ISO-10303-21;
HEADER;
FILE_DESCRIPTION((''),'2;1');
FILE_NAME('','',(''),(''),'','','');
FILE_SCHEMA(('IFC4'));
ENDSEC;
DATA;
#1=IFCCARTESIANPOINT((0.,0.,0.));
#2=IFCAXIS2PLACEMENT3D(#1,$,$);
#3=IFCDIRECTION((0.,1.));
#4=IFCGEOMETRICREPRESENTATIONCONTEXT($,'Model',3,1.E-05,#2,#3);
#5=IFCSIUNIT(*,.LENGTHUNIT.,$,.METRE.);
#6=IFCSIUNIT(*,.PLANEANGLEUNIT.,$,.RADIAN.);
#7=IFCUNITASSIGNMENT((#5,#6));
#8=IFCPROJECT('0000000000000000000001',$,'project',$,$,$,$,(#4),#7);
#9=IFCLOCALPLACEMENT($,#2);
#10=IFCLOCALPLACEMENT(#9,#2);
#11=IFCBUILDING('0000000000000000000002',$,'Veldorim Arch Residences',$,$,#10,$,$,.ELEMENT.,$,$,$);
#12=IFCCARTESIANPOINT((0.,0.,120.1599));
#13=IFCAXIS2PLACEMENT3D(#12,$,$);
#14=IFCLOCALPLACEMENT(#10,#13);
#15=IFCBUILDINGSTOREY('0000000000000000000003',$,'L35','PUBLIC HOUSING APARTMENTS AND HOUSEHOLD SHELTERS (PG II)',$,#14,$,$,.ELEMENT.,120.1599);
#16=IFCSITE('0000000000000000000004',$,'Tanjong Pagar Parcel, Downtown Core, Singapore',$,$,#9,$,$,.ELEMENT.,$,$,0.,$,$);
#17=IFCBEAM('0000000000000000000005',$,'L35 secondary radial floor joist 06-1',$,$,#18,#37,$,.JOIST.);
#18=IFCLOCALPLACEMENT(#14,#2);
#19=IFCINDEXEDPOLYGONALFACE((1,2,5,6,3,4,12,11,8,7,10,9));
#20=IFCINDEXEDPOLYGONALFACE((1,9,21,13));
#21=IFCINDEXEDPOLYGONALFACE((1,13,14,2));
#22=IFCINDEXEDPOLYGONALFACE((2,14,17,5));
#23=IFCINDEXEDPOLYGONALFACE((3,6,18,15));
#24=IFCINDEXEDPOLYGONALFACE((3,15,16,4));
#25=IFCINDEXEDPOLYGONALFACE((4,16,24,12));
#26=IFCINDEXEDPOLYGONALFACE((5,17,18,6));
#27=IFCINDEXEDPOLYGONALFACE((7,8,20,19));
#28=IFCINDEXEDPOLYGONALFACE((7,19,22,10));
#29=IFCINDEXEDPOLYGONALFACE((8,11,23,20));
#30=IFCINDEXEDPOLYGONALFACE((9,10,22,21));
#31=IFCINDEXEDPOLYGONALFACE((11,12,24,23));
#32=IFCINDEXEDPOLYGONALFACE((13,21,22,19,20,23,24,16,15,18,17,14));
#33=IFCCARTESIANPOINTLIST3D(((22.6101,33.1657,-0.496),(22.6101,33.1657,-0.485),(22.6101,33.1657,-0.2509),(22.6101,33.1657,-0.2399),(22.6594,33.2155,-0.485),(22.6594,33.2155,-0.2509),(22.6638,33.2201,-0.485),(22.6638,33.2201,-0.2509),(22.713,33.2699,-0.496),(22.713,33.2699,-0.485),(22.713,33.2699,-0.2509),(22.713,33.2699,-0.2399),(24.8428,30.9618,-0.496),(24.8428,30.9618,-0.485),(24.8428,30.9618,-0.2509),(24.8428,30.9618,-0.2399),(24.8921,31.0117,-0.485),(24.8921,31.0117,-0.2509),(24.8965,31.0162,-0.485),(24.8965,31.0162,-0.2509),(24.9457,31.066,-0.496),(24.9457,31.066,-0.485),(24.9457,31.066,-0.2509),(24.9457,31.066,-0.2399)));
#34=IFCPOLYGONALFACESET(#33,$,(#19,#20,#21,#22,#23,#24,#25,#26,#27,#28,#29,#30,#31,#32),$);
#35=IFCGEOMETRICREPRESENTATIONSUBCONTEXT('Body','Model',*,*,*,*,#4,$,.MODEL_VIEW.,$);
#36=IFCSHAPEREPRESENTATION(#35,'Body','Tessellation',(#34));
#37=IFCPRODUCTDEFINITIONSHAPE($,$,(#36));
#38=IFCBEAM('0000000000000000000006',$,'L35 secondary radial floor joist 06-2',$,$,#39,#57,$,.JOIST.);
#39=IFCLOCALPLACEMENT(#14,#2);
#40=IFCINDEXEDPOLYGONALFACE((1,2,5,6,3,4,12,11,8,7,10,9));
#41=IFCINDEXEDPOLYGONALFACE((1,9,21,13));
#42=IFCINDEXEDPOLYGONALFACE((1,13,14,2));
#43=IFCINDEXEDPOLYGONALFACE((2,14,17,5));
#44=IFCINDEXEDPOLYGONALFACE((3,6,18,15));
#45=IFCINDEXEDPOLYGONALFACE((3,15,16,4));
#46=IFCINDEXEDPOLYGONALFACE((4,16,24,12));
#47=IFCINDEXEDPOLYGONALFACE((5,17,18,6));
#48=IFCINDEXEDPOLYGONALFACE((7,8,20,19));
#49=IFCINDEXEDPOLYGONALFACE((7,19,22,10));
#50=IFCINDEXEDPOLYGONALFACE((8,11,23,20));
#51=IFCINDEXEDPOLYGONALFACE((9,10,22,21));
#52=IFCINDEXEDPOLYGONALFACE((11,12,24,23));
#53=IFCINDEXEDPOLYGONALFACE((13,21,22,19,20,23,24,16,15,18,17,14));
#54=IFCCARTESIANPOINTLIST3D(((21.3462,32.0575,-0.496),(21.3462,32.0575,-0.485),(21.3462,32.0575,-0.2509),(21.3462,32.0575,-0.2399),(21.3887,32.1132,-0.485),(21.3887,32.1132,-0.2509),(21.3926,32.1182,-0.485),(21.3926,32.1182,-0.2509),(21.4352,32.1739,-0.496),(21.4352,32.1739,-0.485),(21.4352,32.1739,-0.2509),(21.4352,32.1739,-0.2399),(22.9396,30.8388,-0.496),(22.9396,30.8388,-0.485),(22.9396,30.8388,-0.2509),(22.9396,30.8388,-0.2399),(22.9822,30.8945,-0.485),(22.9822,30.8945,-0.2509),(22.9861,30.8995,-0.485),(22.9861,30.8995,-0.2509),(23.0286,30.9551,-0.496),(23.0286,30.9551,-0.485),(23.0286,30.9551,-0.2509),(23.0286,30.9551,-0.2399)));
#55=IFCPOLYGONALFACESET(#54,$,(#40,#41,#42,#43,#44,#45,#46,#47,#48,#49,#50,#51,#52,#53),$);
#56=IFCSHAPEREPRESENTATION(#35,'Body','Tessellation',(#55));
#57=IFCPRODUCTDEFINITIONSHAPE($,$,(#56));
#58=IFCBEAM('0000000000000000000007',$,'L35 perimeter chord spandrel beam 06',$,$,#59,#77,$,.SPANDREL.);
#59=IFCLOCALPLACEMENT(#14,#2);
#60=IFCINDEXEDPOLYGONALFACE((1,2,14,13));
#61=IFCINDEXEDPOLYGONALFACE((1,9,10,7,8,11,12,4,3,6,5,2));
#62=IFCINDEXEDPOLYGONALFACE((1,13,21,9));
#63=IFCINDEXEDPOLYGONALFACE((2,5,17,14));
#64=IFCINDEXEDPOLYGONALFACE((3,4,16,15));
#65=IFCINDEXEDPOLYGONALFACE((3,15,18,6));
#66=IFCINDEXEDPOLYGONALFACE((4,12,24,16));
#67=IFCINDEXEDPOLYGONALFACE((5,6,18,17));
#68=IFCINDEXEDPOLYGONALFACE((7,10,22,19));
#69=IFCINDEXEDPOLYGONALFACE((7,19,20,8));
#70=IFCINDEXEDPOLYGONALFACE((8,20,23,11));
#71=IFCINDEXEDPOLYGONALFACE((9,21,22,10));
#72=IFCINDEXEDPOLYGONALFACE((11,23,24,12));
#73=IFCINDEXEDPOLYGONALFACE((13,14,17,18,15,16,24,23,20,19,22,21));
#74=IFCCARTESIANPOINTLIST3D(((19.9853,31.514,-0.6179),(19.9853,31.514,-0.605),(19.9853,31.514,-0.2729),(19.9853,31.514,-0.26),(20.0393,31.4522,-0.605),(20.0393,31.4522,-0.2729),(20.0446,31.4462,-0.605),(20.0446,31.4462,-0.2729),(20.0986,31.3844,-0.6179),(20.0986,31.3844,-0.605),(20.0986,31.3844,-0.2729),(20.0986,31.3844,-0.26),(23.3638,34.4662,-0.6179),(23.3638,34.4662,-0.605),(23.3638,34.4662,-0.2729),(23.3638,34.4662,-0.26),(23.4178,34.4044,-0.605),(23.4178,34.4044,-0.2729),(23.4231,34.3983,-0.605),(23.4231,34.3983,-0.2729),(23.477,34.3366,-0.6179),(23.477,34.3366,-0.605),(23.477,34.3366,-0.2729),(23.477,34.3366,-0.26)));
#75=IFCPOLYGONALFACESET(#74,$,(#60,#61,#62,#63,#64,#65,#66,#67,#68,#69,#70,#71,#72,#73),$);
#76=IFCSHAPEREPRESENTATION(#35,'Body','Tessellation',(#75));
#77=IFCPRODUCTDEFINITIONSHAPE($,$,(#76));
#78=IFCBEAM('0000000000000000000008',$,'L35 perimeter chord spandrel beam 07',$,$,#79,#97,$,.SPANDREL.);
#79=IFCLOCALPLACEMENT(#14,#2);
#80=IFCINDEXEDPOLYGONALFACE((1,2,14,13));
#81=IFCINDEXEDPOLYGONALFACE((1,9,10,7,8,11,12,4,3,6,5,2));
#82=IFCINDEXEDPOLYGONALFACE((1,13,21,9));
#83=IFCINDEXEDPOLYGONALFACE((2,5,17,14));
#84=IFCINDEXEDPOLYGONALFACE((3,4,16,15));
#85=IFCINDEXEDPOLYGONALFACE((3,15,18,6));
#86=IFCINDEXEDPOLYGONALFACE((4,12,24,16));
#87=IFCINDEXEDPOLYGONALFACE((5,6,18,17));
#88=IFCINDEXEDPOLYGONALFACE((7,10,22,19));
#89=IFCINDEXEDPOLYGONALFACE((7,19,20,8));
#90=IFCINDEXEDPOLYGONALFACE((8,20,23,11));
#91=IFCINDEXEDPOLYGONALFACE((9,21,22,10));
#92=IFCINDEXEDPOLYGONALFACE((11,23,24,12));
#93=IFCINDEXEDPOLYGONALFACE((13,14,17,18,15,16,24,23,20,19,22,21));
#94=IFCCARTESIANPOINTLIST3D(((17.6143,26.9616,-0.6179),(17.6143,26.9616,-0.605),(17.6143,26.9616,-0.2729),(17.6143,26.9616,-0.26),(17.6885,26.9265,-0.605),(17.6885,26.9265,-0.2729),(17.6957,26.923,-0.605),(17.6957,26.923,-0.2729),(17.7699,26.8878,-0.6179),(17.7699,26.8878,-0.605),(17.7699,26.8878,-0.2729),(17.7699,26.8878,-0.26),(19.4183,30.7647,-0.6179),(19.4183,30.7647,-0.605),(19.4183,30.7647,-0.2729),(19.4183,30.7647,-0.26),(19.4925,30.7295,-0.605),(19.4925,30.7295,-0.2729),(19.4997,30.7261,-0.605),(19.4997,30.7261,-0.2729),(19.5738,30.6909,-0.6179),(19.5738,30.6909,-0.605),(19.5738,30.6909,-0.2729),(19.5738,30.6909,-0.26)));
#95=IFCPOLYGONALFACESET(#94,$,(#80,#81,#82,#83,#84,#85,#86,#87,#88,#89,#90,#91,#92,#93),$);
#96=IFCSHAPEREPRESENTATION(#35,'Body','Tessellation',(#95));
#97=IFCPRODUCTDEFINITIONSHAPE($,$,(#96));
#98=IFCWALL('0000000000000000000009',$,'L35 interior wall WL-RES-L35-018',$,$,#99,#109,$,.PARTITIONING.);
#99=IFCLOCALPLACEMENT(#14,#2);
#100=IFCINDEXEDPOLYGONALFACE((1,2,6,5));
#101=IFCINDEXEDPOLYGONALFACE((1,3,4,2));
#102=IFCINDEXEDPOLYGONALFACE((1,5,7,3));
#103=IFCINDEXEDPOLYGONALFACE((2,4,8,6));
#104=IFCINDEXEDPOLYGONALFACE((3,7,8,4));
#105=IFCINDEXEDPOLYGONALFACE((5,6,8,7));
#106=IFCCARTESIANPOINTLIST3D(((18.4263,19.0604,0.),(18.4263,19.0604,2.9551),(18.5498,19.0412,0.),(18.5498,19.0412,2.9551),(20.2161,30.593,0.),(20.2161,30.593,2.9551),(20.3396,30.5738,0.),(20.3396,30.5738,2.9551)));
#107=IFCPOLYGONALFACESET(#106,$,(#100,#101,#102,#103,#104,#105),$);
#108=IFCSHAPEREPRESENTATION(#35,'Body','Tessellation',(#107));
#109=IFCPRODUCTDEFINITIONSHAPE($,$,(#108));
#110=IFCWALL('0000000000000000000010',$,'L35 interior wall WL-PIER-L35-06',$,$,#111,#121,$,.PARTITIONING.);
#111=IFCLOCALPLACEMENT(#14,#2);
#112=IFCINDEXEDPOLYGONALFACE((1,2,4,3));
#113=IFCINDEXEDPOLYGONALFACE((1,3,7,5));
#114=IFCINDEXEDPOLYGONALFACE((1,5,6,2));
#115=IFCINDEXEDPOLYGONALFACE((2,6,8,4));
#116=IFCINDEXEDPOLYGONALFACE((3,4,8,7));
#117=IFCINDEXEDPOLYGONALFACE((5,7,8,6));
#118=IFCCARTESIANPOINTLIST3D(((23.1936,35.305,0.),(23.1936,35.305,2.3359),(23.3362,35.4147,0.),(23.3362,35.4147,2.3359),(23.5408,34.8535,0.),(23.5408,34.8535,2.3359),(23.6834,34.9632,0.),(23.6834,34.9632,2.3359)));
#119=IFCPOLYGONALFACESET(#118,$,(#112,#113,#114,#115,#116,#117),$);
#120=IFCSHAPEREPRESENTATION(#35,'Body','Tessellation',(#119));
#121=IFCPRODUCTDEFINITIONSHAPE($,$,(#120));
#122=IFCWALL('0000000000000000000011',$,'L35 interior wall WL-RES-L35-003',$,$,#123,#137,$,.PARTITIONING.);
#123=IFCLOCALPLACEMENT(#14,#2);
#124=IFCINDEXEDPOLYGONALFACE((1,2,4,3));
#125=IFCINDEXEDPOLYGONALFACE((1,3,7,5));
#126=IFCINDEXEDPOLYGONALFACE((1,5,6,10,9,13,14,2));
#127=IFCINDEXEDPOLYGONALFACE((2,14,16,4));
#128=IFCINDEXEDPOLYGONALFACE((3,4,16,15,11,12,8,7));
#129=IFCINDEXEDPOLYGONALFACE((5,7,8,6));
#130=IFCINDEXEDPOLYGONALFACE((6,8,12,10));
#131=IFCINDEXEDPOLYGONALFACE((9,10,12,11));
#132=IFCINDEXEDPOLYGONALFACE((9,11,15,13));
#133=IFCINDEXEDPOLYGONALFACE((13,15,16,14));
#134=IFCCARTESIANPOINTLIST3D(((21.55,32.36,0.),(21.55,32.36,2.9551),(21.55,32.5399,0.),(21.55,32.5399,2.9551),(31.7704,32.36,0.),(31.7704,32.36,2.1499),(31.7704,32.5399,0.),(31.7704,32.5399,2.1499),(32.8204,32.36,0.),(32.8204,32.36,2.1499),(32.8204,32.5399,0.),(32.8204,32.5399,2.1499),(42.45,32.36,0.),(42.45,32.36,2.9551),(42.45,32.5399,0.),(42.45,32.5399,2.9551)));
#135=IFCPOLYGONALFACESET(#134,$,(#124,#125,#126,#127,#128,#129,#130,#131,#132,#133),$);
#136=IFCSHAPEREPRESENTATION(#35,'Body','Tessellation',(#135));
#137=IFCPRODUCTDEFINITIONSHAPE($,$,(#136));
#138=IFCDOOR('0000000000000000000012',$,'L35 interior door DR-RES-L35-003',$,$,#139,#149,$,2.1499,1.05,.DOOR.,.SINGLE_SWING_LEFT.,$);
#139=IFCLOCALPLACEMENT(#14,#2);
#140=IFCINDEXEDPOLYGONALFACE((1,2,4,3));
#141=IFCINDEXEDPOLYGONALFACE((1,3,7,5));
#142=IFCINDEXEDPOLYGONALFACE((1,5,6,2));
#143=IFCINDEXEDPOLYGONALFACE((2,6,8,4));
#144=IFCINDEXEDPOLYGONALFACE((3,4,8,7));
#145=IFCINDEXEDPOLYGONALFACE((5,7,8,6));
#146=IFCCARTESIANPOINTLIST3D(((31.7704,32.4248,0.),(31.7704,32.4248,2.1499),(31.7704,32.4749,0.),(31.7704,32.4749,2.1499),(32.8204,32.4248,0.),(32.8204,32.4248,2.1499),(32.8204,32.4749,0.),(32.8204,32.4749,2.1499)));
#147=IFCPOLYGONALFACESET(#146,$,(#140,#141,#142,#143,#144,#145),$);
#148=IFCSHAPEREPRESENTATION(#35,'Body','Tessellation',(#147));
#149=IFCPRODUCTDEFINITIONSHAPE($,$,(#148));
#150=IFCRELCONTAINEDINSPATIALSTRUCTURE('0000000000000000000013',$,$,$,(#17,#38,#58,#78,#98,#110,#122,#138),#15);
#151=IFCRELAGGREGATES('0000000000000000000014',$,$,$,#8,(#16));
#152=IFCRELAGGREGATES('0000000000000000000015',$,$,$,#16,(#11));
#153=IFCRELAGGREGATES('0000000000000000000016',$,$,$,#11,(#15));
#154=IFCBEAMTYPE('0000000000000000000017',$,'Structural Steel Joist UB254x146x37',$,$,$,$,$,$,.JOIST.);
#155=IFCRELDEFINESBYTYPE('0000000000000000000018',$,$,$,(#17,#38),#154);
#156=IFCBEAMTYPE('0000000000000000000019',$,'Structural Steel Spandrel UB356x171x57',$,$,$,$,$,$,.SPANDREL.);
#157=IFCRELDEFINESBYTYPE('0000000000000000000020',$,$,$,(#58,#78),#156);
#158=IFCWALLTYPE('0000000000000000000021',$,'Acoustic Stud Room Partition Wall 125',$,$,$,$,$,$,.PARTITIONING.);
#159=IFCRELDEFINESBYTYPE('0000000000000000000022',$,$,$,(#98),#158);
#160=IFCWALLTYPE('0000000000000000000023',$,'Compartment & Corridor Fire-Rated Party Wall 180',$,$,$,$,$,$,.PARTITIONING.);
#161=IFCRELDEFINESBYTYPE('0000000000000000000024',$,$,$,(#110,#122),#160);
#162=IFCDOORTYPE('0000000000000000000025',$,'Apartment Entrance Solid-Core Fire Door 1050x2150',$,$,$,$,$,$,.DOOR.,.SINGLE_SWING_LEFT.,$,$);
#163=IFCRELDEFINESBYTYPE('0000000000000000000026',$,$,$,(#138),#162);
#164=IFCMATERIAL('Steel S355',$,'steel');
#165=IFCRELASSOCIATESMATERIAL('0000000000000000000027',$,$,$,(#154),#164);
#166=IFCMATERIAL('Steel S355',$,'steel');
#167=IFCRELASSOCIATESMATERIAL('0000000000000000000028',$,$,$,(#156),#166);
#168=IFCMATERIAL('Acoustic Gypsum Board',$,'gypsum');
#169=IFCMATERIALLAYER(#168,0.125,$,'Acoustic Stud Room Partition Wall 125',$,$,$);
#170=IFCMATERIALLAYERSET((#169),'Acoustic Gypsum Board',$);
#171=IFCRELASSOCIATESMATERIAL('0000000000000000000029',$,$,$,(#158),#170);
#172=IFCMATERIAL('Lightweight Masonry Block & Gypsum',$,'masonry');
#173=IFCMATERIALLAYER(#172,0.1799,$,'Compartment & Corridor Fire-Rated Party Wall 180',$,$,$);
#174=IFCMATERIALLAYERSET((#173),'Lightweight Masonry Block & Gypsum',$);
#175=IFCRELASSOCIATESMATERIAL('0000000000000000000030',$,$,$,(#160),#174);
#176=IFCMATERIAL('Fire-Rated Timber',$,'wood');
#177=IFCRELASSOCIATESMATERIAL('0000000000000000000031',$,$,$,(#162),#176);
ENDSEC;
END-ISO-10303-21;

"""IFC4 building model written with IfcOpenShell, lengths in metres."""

from ifc_helpers import new_model, si_unit, direction, frame, frame_2d, origin, origin_2d, place, context, subcontext, project, spatial, rectangle, i_section, extrude, material, layer, layer_set, material_profile, profile_set, type_object, element, fill, save


model = new_model("IFC4")

# Units and contexts
model_context = context("Model", 3, precision=1e-05, world=origin(), true_north=direction((0.0, 1.0)))
body_context = subcontext(model_context, "Body", "Model", "MODEL_VIEW")
ifc_project = project(units=[si_unit("LENGTHUNIT", "METRE"), si_unit("PLANEANGLEUNIT", "RADIAN")], contexts=[model_context])

# Site, building, storey
site_placement = place(None, origin())
site = spatial("IfcSite", under=ifc_project, at=site_placement, Name="Tanjong Pagar Parcel, Downtown Core, Singapore", CompositionType="ELEMENT", RefElevation=0.0)
building_placement = place(site_placement, origin())
building = spatial("IfcBuilding", under=site, at=building_placement, Name="Veldorim Arch Residences", CompositionType="ELEMENT")
storey_placement = place(building_placement, frame((0.0, 0.0, 120.1599)))
storey = spatial("IfcBuildingStorey", under=building, at=storey_placement, Name="L35", Description="PUBLIC HOUSING APARTMENTS AND HOUSEHOLD SHELTERS (PG II)", CompositionType="ELEMENT", Elevation=120.1599)

# Beams
ifc_material_1 = material(Name="Steel S355", Category="steel")
ifc_material_profile_1 = material_profile(ifc_material_1, i_section(OverallWidth=0.1465, OverallDepth=0.2561, WebThickness=0.0063, FlangeThickness=0.011, at=origin_2d()), Name="UB254x146x37")
ifc_profile_set_1 = profile_set([ifc_material_profile_1], Name="Steel S355")
beam_type_1 = type_object("IfcBeamType", Name="Structural Steel Joist UB254x146x37", PredefinedType="JOIST", material=ifc_profile_set_1)
beam_1_placement = place(storey_placement, frame((24.8943, 31.0139, -0.3679), z_axis=(-0.711683, 0.7025, 0.0), x_axis=(-0.7025, -0.711683, 0.0)))
element("IfcBeam", 1, at=beam_1_placement, inside=storey, type_object=beam_type_1, Name="L35 secondary radial floor joist 06-1", PredefinedType="JOIST", context=body_context, shape_type="SweptSolid", body=[
    extrude(i_section(OverallWidth=0.1465, OverallDepth=0.2561, WebThickness=0.0063, FlangeThickness=0.011, at=origin_2d()), origin(), (0.0, 0.0, 1.0), 3.1372),
])
beam_2_placement = place(storey_placement, frame((22.9841, 30.897, -0.3679), z_axis=(-0.794313, 0.607509, 0.0), x_axis=(-0.607509, -0.794313, 0.0)))
element("IfcBeam", 2, at=beam_2_placement, inside=storey, type_object=beam_type_1, Name="L35 secondary radial floor joist 06-2", PredefinedType="JOIST", context=body_context, shape_type="SweptSolid", body=[
    extrude(i_section(OverallWidth=0.1465, OverallDepth=0.2561, WebThickness=0.0063, FlangeThickness=0.011, at=origin_2d()), origin(), (0.0, 0.0, 1.0), 2.0061),
])
ifc_material_2 = material(Name="Steel S355", Category="steel")
ifc_material_profile_2 = material_profile(ifc_material_2, i_section(OverallWidth=0.1721, OverallDepth=0.3579, WebThickness=0.0081, FlangeThickness=0.0129, at=origin_2d()), Name="UB356x171x57")
ifc_profile_set_2 = profile_set([ifc_material_profile_2], Name="Steel S355")
beam_type_2 = type_object("IfcBeamType", Name="Structural Steel Spandrel UB356x171x57", PredefinedType="SPANDREL", material=ifc_profile_set_2)
beam_3_placement = place(storey_placement, frame((23.4204, 34.4014, -0.439), z_axis=(-0.753015, -0.658004, 0.0), x_axis=(0.658004, -0.753015, 0.0)))
element("IfcBeam", 3, at=beam_3_placement, inside=storey, type_object=beam_type_2, Name="L35 perimeter chord spandrel beam 06", PredefinedType="SPANDREL", context=body_context, shape_type="SweptSolid", body=[
    extrude(i_section(OverallWidth=0.1721, OverallDepth=0.3579, WebThickness=0.0081, FlangeThickness=0.0129, at=origin_2d()), origin(), (0.0, 0.0, 1.0), 4.4866),
])
beam_4_placement = place(storey_placement, frame((19.4961, 30.7278, -0.439), z_axis=(-0.42858, -0.903504, 0.0), x_axis=(0.903504, -0.42858, 0.0)))
element("IfcBeam", 4, at=beam_4_placement, inside=storey, type_object=beam_type_2, Name="L35 perimeter chord spandrel beam 07", PredefinedType="SPANDREL", context=body_context, shape_type="SweptSolid", body=[
    extrude(i_section(OverallWidth=0.1721, OverallDepth=0.3579, WebThickness=0.0081, FlangeThickness=0.0129, at=origin_2d()), origin(), (0.0, 0.0, 1.0), 4.2092),
])

# Walls
ifc_material_3 = material(Name="Acoustic Gypsum Board", Category="gypsum")
ifc_layer_1 = layer(ifc_material_3, 0.125, Name="Acoustic Stud Room Partition Wall 125")
ifc_layer_set_1 = layer_set([ifc_layer_1], Name="Acoustic Gypsum Board")
wall_type_1 = type_object("IfcWallType", Name="Acoustic Stud Room Partition Wall 125", PredefinedType="PARTITIONING", material=ifc_layer_set_1)
wall_1_placement = place(storey_placement, frame((20.2778, 30.5835, 0.0), z_axis=(0.0, 0.0, 1.0), x_axis=(-0.153357, -0.988171, 0.0)))
element("IfcWall", 5, at=wall_1_placement, inside=storey, type_object=wall_type_1, Name="L35 interior wall WL-RES-L35-018", PredefinedType="PARTITIONING", context=body_context, shape_type="SweptSolid", body=[
    extrude(rectangle(XDim=11.6707, YDim=0.125, at=frame_2d((5.8354, 0.0))), origin(), (0.0, 0.0, 1.0), 2.9551),
])
ifc_material_4 = material(Name="Lightweight Masonry Block & Gypsum", Category="masonry")
ifc_layer_2 = layer(ifc_material_4, 0.1799, Name="Compartment & Corridor Fire-Rated Party Wall 180")
ifc_layer_set_2 = layer_set([ifc_layer_2], Name="Lightweight Masonry Block & Gypsum")
wall_type_2 = type_object("IfcWallType", Name="Compartment & Corridor Fire-Rated Party Wall 180", PredefinedType="PARTITIONING", material=ifc_layer_set_2)
wall_2_placement = place(storey_placement, frame((23.6121, 34.9084, 0.0), z_axis=(0.0, 0.0, 1.0), x_axis=(-0.609628, 0.792688, 0.0)))
element("IfcWall", 6, at=wall_2_placement, inside=storey, type_object=wall_type_2, Name="L35 interior wall WL-PIER-L35-06", PredefinedType="PARTITIONING", context=body_context, shape_type="SweptSolid", body=[
    extrude(rectangle(XDim=0.5696, YDim=0.1799, at=frame_2d((0.2847, 0.0))), origin(), (0.0, 0.0, 1.0), 2.3359),
])

# Wall, opening, door
wall_3_placement = place(storey_placement, frame((21.55, 32.45, 0.0), z_axis=(0.0, 0.0, 1.0), x_axis=(1.0, 0.0, 0.0)))
wall_3 = element("IfcWall", 7, at=wall_3_placement, inside=storey, type_object=wall_type_2, Name="L35 interior wall WL-RES-L35-003", PredefinedType="PARTITIONING", context=body_context, shape_type="SweptSolid", body=[
    extrude(rectangle(XDim=20.8999, YDim=0.1799, at=frame_2d((10.45, 0.0))), origin(), (0.0, 0.0, 1.0), 2.9551),
])
opening_1_placement = place(wall_3_placement, frame((10.2205, 0.0, 0.0)))
opening_1 = element("IfcOpeningElement", 8, at=opening_1_placement, cuts=wall_3, PredefinedType="OPENING", context=body_context, shape_type="SweptSolid", body=[
    extrude(rectangle(XDim=1.05, YDim=2.1499, at=frame_2d((0.5249, 1.075))), frame((0.0, 0.0999, 0.0), z_axis=(0.0, -1.0, 0.0), x_axis=(1.0, 0.0, 0.0)), (0.0, 0.0, 1.0), 0.2),
])
ifc_material_5 = material(Name="Fire-Rated Timber", Category="wood")
door_type_1 = type_object("IfcDoorType", Name="Apartment Entrance Solid-Core Fire Door 1050x2150", OperationType="SINGLE_SWING_LEFT", PredefinedType="DOOR", material=ifc_material_5)
door_1_placement = place(opening_1_placement, origin())
door_1 = element("IfcDoor", 9, at=door_1_placement, inside=storey, type_object=door_type_1, Name="L35 interior door DR-RES-L35-003", OperationType="SINGLE_SWING_LEFT", OverallHeight=2.1499, OverallWidth=1.05, PredefinedType="DOOR", context=body_context, shape_type="SweptSolid", body=[
    extrude(rectangle(XDim=1.05, YDim=2.1499, at=frame_2d((0.5249, 1.075))), frame((0.0, 0.0249, 0.0), z_axis=(0.0, -1.0, 0.0), x_axis=(1.0, 0.0, 0.0)), (0.0, 0.0, 1.0), 0.05),
])
fill(opening_1, door_1)

save(model, "model.ifc")
